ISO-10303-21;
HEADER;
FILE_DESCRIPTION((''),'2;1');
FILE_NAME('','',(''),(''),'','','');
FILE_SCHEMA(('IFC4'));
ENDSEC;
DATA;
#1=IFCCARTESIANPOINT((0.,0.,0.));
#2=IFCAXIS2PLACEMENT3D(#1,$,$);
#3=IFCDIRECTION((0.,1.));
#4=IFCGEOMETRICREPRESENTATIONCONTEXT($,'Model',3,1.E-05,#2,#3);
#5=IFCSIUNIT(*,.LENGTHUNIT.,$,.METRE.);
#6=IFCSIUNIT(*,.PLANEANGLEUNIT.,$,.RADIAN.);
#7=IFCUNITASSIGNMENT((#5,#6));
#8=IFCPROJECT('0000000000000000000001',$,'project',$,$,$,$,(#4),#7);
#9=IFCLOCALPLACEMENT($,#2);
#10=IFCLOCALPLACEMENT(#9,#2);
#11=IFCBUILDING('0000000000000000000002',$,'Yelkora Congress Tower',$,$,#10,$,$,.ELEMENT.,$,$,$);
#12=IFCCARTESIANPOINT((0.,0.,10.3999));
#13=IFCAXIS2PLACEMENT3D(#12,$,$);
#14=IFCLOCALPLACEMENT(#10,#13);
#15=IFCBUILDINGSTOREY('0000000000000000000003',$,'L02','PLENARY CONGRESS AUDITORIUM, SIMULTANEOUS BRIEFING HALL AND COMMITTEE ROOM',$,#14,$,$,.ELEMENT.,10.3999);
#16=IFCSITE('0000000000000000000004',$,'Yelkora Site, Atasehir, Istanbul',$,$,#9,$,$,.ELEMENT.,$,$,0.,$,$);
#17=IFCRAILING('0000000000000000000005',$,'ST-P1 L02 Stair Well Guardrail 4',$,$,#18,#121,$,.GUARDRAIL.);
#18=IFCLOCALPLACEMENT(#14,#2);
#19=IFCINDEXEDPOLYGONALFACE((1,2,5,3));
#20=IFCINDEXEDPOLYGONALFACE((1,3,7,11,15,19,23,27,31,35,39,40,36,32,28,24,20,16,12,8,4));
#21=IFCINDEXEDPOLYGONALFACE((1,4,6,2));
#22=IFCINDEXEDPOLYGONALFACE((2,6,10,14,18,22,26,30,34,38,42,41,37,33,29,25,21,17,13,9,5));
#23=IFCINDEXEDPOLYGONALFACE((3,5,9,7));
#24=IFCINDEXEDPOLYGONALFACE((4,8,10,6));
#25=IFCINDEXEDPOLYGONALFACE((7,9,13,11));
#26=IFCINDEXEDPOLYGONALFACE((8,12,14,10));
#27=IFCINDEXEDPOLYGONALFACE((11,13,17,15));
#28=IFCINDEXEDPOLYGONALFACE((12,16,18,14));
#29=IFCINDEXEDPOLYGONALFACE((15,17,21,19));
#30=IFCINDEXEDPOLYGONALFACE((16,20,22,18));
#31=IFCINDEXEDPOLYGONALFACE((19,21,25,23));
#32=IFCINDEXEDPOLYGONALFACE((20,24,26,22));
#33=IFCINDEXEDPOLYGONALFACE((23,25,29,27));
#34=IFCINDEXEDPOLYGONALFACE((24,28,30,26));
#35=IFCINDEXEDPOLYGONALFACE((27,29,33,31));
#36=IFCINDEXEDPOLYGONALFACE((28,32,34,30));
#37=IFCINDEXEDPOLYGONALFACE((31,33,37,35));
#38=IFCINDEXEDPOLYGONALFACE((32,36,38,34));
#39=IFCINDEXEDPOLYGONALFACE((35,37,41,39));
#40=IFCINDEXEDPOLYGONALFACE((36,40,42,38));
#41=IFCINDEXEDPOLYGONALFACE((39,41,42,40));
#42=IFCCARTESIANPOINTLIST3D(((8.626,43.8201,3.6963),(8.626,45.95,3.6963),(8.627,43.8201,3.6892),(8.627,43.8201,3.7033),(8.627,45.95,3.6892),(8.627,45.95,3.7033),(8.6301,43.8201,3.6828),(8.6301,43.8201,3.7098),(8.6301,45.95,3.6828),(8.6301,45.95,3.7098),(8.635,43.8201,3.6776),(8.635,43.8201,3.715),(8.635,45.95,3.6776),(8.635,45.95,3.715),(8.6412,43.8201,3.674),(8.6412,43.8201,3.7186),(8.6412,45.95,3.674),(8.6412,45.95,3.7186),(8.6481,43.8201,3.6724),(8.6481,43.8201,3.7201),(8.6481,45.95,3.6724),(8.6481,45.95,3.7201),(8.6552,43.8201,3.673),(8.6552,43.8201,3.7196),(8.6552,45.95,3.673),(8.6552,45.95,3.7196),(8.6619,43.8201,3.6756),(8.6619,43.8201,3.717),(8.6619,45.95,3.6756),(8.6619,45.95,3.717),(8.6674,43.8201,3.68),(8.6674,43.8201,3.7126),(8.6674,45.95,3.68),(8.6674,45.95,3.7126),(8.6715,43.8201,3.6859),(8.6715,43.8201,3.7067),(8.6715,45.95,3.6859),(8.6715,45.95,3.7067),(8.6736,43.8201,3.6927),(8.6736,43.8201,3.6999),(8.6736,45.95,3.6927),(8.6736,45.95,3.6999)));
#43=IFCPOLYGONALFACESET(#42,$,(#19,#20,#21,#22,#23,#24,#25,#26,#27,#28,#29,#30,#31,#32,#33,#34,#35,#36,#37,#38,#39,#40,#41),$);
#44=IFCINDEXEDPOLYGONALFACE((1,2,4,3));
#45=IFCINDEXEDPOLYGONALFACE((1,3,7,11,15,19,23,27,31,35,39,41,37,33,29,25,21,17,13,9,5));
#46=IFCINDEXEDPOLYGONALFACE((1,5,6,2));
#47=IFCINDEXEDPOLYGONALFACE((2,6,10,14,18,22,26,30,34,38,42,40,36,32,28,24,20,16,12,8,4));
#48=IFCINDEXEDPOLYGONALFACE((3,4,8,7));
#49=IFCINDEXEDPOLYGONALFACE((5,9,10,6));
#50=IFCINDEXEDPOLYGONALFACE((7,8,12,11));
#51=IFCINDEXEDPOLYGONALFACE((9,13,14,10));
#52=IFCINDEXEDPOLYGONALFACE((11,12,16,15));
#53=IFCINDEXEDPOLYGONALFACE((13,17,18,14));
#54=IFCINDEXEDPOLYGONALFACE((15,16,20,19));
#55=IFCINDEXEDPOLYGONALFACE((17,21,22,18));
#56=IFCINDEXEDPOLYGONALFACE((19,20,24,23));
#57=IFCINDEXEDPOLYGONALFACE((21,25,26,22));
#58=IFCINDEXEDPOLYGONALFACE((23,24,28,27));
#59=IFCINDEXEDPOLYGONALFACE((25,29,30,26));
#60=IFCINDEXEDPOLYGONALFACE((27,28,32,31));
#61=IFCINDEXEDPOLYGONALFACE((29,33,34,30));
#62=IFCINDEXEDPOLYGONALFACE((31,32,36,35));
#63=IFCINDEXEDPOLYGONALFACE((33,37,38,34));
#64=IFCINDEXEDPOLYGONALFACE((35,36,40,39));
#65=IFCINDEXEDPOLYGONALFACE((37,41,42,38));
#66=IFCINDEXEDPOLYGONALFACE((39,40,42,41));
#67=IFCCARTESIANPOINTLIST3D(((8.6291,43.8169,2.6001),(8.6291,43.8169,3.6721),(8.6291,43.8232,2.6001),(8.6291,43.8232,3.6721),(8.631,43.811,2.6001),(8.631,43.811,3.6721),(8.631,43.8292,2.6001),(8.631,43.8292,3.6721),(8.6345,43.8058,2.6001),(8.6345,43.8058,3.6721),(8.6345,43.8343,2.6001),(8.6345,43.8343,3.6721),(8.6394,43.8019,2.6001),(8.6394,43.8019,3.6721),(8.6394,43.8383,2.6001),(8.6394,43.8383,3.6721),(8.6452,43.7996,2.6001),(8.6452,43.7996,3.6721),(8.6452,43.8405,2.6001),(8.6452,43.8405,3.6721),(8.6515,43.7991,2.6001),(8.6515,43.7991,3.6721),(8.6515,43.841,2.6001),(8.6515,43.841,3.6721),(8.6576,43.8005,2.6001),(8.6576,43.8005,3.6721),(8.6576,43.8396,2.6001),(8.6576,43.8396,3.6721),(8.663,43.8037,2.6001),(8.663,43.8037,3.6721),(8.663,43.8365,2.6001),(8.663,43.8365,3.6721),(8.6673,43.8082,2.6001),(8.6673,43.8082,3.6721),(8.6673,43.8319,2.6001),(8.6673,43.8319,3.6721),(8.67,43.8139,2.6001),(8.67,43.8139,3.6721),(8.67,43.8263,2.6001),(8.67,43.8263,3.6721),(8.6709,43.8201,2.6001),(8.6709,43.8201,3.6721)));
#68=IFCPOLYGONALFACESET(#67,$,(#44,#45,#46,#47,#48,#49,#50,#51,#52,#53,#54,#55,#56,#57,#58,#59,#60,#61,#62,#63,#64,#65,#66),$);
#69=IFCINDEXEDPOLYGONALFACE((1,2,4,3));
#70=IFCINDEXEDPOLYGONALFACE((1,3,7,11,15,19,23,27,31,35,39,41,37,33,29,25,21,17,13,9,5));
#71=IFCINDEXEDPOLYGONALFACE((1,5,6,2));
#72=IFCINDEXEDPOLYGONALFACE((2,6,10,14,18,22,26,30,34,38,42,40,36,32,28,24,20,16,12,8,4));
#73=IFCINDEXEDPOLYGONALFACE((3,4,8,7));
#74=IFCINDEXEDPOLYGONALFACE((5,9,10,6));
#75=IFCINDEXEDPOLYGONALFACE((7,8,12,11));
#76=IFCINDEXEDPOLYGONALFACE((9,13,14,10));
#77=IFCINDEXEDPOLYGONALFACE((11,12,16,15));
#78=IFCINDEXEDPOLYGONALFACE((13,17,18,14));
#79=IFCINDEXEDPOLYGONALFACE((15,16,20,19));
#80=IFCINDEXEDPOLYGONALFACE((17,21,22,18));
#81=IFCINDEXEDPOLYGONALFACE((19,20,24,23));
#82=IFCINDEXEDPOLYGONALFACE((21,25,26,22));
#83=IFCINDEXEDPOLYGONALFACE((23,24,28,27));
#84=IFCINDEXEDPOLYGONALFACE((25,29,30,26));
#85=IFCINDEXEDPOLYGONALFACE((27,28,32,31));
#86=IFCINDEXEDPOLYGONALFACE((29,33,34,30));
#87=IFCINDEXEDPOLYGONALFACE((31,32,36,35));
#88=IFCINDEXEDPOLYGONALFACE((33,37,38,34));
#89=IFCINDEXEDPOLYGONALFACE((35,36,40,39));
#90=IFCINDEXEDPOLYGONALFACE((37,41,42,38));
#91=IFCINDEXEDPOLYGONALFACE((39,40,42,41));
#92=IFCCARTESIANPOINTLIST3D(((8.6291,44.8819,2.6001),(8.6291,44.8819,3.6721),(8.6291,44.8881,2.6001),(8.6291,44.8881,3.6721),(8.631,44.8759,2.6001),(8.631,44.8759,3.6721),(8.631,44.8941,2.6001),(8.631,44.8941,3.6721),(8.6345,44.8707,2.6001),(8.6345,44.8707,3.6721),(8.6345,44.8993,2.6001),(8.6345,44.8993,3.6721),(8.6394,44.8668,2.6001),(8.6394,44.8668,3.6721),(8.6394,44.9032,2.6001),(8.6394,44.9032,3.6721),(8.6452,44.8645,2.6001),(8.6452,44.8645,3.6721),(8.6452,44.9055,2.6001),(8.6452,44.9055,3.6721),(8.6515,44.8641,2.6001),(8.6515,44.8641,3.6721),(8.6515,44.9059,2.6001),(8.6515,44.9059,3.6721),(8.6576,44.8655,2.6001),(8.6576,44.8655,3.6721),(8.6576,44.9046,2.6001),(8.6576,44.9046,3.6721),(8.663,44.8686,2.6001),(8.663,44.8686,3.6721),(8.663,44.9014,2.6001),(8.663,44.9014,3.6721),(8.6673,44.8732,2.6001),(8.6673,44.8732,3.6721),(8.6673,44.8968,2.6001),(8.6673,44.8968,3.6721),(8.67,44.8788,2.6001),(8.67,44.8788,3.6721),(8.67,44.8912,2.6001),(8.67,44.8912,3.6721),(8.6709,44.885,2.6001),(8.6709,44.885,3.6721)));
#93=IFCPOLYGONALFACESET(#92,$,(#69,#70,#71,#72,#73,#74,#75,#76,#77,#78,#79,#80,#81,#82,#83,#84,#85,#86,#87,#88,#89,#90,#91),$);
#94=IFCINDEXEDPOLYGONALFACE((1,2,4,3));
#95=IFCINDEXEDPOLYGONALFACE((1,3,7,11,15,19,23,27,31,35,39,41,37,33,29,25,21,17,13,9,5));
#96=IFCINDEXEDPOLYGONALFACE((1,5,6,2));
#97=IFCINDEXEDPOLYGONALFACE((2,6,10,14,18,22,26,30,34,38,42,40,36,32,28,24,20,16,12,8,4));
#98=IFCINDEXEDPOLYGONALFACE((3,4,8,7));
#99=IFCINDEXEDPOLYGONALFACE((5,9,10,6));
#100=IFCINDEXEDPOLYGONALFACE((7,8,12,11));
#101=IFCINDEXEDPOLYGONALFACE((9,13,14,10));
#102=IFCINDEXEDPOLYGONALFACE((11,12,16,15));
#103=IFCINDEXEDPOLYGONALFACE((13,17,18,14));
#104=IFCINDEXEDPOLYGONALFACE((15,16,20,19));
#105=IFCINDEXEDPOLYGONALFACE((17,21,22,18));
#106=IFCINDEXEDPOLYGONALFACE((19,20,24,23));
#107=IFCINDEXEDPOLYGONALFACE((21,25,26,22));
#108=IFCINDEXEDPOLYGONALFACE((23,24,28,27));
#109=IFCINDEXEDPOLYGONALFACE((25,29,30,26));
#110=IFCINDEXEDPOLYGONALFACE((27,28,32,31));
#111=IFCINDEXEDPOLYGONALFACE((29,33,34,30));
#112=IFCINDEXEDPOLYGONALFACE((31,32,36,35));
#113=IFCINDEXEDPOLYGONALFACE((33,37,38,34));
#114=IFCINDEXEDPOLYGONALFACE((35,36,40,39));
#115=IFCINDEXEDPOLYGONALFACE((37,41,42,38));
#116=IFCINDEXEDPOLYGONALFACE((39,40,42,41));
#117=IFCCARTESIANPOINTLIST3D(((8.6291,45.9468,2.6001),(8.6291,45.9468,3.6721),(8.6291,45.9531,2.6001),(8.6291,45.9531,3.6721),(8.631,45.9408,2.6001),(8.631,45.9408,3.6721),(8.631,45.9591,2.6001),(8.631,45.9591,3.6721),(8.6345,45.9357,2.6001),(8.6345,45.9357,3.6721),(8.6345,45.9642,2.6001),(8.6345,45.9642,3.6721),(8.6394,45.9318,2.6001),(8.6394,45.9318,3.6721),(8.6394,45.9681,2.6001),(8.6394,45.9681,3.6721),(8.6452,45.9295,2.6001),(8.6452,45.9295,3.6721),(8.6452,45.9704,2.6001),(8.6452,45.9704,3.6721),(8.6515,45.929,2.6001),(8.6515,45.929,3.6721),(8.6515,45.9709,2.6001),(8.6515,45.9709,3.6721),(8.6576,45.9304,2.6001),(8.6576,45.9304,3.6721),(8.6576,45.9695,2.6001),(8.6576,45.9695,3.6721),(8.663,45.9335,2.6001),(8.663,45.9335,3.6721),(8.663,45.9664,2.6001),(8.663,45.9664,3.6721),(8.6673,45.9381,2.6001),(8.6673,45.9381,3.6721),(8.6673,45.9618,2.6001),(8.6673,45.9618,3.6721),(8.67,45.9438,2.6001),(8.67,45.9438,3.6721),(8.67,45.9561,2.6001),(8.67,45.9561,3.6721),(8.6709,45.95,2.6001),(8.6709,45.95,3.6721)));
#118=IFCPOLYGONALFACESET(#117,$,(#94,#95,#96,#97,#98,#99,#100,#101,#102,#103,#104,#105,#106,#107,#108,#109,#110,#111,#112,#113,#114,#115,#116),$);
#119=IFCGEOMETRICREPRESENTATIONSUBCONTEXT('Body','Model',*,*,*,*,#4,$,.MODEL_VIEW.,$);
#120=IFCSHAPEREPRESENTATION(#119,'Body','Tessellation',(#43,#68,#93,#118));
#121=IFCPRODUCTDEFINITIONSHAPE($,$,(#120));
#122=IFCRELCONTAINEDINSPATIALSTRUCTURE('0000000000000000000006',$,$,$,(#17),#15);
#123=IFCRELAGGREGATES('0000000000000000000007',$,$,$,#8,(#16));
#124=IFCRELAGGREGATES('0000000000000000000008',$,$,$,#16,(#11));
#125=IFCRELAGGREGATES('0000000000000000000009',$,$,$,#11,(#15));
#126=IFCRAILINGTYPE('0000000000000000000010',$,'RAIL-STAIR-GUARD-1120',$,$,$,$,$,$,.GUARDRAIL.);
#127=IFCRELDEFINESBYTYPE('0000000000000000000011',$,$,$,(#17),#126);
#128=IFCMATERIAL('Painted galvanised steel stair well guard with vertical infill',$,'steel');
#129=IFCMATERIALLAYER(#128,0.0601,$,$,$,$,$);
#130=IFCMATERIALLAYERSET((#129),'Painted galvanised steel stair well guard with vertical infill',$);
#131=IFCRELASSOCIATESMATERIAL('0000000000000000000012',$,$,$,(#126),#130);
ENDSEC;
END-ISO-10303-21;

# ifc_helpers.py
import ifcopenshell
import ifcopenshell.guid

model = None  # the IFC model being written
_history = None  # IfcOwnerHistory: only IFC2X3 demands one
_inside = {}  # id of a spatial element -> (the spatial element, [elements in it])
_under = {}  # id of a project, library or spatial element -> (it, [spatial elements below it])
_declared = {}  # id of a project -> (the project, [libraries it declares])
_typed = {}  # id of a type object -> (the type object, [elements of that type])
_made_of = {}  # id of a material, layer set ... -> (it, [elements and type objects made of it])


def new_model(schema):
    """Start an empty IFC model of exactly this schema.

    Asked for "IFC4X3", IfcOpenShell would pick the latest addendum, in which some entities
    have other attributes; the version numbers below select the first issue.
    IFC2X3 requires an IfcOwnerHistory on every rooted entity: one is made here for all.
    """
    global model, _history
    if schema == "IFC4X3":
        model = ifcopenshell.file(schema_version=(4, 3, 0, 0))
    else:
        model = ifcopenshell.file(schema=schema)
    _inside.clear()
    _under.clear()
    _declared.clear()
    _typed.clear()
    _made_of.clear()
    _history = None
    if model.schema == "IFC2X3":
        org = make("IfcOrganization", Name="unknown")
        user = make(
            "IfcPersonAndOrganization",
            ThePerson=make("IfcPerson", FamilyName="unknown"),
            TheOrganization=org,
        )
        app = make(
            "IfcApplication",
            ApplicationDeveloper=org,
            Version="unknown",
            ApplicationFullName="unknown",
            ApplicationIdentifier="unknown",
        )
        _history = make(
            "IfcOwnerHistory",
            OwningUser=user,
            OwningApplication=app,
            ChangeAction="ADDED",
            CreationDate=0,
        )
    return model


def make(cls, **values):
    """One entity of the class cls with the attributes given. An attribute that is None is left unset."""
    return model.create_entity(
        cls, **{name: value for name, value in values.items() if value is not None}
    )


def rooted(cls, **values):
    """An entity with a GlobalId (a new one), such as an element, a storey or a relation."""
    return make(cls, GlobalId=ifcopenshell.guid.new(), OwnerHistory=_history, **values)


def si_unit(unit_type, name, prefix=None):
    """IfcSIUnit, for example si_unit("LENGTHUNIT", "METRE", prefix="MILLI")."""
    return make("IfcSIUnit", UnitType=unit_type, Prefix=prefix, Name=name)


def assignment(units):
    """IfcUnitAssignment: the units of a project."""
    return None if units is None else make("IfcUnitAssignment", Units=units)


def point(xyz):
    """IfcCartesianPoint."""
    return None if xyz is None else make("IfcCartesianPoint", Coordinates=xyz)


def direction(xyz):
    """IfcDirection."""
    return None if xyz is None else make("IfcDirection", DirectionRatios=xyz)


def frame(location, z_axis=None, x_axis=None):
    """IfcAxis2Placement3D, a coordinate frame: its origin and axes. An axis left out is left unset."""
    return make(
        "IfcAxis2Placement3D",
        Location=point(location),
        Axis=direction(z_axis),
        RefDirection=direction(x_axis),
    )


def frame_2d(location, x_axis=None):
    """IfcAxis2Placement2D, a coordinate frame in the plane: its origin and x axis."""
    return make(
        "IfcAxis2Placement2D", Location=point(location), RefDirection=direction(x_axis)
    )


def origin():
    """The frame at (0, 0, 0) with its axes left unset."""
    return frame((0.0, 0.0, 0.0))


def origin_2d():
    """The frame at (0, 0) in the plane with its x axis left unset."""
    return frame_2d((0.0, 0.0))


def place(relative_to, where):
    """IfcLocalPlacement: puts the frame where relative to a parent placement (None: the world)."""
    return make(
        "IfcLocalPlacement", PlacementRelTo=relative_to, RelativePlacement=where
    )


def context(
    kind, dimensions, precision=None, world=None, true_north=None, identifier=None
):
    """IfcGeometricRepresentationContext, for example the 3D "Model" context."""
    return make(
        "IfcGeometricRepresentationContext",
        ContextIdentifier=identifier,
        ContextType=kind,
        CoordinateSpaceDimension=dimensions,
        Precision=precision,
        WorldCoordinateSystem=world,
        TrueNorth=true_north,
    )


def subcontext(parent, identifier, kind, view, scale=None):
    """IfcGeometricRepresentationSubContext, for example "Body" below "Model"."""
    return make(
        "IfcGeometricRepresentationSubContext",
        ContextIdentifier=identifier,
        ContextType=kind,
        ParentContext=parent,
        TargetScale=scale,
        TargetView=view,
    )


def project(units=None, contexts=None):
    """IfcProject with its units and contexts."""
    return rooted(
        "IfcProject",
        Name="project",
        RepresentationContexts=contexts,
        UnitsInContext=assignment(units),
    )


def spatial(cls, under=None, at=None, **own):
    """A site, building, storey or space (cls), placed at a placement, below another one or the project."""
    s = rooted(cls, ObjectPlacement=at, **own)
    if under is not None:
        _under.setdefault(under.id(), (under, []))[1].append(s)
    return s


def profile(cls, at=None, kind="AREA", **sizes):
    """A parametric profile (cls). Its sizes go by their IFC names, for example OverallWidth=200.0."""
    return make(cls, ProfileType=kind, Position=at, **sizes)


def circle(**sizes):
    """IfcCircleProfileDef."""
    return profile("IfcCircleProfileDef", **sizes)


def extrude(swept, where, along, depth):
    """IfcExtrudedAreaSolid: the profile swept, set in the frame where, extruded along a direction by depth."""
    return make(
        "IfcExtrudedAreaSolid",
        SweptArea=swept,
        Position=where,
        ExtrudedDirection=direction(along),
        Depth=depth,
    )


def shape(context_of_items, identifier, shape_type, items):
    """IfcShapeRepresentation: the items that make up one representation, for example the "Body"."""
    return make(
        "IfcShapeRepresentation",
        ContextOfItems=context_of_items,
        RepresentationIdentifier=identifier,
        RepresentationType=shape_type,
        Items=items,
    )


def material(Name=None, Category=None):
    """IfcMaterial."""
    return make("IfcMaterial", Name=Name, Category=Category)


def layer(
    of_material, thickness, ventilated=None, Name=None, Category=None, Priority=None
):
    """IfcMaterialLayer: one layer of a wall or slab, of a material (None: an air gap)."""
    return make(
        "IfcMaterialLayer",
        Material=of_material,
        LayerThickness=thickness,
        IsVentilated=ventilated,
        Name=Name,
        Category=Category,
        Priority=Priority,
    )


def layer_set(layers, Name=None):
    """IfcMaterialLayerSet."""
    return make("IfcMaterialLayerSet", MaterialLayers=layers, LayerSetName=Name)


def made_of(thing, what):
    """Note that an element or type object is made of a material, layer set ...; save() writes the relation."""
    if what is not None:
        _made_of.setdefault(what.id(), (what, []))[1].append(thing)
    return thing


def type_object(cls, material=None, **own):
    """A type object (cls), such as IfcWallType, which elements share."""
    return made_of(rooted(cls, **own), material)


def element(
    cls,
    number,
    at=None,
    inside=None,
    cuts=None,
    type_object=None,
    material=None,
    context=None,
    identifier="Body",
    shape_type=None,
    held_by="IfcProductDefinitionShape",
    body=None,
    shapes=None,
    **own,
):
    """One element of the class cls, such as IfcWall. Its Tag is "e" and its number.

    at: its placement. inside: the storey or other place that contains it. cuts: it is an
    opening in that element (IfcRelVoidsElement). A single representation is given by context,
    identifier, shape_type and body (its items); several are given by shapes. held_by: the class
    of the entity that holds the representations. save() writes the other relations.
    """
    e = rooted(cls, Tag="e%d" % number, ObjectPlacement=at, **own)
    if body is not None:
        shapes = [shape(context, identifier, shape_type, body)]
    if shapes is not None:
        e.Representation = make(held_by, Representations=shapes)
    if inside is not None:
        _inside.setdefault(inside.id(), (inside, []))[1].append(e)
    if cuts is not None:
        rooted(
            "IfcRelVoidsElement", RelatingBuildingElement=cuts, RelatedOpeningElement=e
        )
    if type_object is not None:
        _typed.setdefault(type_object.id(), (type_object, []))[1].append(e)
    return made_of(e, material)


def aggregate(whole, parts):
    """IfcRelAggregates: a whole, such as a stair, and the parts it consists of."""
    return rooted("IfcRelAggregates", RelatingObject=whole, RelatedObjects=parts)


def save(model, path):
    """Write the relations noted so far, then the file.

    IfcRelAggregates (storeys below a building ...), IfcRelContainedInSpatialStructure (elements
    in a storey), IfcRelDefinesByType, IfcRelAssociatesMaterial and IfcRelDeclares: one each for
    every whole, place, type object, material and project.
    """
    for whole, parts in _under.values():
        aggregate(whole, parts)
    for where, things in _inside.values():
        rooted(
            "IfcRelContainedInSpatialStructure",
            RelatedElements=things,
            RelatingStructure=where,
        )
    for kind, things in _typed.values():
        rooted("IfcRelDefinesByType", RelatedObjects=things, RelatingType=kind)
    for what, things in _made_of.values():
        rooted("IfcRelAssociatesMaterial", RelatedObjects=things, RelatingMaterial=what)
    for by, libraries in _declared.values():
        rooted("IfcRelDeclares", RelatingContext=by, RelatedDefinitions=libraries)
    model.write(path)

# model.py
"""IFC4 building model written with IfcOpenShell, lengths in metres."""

from ifc_helpers import new_model, si_unit, direction, frame, origin, origin_2d, place, context, subcontext, project, spatial, circle, extrude, material, layer, layer_set, type_object, element, save


model = new_model("IFC4")

# Units and contexts
model_context = context("Model", 3, precision=1e-05, world=origin(), true_north=direction((0.0, 1.0)))
body_context = subcontext(model_context, "Body", "Model", "MODEL_VIEW")
ifc_project = project(units=[si_unit("LENGTHUNIT", "METRE"), si_unit("PLANEANGLEUNIT", "RADIAN")], contexts=[model_context])

# Site, building, storey
site_placement = place(None, origin())
site = spatial("IfcSite", under=ifc_project, at=site_placement, Name="Yelkora Site, Atasehir, Istanbul", CompositionType="ELEMENT", RefElevation=0.0)
building_placement = place(site_placement, origin())
building = spatial("IfcBuilding", under=site, at=building_placement, Name="Yelkora Congress Tower", CompositionType="ELEMENT")
storey_placement = place(building_placement, frame((0.0, 0.0, 10.3999)))
storey = spatial("IfcBuildingStorey", under=building, at=storey_placement, Name="L02", Description="PLENARY CONGRESS AUDITORIUM, SIMULTANEOUS BRIEFING HALL AND COMMITTEE ROOM", CompositionType="ELEMENT", Elevation=10.3999)

# Railing
ifc_material_1 = material(Name="Painted galvanised steel stair well guard with vertical infill", Category="steel")
ifc_layer_1 = layer(ifc_material_1, 0.0601)
ifc_layer_set_1 = layer_set([ifc_layer_1], Name="Painted galvanised steel stair well guard with vertical infill")
railing_type_1 = type_object("IfcRailingType", Name="RAIL-STAIR-GUARD-1120", PredefinedType="GUARDRAIL", material=ifc_layer_set_1)
railing_1_placement = place(storey_placement, frame((8.6499, 43.8201, 2.6001)))
element("IfcRailing", 1, at=railing_1_placement, inside=storey, type_object=railing_type_1, Name="ST-P1 L02 Stair Well Guardrail 4", PredefinedType="GUARDRAIL", context=body_context, shape_type="SweptSolid", body=[
    extrude(circle(Radius=0.0239, at=origin_2d()), frame((0.0, 0.0, 1.0962), z_axis=(0.0, 1.0, 0.0), x_axis=(-1.0, 0.0, 0.0)), (0.0, 0.0, 1.0), 2.1299),
    extrude(circle(Radius=0.021, at=origin_2d()), origin(), (0.0, 0.0, 1.0), 1.072),
    extrude(circle(Radius=0.021, at=origin_2d()), frame((0.0, 1.0649, 0.0)), (0.0, 0.0, 1.0), 1.072),
    extrude(circle(Radius=0.021, at=origin_2d()), frame((0.0, 2.1299, 0.0)), (0.0, 0.0, 1.0), 1.072),
])

save(model, "model.ifc")
